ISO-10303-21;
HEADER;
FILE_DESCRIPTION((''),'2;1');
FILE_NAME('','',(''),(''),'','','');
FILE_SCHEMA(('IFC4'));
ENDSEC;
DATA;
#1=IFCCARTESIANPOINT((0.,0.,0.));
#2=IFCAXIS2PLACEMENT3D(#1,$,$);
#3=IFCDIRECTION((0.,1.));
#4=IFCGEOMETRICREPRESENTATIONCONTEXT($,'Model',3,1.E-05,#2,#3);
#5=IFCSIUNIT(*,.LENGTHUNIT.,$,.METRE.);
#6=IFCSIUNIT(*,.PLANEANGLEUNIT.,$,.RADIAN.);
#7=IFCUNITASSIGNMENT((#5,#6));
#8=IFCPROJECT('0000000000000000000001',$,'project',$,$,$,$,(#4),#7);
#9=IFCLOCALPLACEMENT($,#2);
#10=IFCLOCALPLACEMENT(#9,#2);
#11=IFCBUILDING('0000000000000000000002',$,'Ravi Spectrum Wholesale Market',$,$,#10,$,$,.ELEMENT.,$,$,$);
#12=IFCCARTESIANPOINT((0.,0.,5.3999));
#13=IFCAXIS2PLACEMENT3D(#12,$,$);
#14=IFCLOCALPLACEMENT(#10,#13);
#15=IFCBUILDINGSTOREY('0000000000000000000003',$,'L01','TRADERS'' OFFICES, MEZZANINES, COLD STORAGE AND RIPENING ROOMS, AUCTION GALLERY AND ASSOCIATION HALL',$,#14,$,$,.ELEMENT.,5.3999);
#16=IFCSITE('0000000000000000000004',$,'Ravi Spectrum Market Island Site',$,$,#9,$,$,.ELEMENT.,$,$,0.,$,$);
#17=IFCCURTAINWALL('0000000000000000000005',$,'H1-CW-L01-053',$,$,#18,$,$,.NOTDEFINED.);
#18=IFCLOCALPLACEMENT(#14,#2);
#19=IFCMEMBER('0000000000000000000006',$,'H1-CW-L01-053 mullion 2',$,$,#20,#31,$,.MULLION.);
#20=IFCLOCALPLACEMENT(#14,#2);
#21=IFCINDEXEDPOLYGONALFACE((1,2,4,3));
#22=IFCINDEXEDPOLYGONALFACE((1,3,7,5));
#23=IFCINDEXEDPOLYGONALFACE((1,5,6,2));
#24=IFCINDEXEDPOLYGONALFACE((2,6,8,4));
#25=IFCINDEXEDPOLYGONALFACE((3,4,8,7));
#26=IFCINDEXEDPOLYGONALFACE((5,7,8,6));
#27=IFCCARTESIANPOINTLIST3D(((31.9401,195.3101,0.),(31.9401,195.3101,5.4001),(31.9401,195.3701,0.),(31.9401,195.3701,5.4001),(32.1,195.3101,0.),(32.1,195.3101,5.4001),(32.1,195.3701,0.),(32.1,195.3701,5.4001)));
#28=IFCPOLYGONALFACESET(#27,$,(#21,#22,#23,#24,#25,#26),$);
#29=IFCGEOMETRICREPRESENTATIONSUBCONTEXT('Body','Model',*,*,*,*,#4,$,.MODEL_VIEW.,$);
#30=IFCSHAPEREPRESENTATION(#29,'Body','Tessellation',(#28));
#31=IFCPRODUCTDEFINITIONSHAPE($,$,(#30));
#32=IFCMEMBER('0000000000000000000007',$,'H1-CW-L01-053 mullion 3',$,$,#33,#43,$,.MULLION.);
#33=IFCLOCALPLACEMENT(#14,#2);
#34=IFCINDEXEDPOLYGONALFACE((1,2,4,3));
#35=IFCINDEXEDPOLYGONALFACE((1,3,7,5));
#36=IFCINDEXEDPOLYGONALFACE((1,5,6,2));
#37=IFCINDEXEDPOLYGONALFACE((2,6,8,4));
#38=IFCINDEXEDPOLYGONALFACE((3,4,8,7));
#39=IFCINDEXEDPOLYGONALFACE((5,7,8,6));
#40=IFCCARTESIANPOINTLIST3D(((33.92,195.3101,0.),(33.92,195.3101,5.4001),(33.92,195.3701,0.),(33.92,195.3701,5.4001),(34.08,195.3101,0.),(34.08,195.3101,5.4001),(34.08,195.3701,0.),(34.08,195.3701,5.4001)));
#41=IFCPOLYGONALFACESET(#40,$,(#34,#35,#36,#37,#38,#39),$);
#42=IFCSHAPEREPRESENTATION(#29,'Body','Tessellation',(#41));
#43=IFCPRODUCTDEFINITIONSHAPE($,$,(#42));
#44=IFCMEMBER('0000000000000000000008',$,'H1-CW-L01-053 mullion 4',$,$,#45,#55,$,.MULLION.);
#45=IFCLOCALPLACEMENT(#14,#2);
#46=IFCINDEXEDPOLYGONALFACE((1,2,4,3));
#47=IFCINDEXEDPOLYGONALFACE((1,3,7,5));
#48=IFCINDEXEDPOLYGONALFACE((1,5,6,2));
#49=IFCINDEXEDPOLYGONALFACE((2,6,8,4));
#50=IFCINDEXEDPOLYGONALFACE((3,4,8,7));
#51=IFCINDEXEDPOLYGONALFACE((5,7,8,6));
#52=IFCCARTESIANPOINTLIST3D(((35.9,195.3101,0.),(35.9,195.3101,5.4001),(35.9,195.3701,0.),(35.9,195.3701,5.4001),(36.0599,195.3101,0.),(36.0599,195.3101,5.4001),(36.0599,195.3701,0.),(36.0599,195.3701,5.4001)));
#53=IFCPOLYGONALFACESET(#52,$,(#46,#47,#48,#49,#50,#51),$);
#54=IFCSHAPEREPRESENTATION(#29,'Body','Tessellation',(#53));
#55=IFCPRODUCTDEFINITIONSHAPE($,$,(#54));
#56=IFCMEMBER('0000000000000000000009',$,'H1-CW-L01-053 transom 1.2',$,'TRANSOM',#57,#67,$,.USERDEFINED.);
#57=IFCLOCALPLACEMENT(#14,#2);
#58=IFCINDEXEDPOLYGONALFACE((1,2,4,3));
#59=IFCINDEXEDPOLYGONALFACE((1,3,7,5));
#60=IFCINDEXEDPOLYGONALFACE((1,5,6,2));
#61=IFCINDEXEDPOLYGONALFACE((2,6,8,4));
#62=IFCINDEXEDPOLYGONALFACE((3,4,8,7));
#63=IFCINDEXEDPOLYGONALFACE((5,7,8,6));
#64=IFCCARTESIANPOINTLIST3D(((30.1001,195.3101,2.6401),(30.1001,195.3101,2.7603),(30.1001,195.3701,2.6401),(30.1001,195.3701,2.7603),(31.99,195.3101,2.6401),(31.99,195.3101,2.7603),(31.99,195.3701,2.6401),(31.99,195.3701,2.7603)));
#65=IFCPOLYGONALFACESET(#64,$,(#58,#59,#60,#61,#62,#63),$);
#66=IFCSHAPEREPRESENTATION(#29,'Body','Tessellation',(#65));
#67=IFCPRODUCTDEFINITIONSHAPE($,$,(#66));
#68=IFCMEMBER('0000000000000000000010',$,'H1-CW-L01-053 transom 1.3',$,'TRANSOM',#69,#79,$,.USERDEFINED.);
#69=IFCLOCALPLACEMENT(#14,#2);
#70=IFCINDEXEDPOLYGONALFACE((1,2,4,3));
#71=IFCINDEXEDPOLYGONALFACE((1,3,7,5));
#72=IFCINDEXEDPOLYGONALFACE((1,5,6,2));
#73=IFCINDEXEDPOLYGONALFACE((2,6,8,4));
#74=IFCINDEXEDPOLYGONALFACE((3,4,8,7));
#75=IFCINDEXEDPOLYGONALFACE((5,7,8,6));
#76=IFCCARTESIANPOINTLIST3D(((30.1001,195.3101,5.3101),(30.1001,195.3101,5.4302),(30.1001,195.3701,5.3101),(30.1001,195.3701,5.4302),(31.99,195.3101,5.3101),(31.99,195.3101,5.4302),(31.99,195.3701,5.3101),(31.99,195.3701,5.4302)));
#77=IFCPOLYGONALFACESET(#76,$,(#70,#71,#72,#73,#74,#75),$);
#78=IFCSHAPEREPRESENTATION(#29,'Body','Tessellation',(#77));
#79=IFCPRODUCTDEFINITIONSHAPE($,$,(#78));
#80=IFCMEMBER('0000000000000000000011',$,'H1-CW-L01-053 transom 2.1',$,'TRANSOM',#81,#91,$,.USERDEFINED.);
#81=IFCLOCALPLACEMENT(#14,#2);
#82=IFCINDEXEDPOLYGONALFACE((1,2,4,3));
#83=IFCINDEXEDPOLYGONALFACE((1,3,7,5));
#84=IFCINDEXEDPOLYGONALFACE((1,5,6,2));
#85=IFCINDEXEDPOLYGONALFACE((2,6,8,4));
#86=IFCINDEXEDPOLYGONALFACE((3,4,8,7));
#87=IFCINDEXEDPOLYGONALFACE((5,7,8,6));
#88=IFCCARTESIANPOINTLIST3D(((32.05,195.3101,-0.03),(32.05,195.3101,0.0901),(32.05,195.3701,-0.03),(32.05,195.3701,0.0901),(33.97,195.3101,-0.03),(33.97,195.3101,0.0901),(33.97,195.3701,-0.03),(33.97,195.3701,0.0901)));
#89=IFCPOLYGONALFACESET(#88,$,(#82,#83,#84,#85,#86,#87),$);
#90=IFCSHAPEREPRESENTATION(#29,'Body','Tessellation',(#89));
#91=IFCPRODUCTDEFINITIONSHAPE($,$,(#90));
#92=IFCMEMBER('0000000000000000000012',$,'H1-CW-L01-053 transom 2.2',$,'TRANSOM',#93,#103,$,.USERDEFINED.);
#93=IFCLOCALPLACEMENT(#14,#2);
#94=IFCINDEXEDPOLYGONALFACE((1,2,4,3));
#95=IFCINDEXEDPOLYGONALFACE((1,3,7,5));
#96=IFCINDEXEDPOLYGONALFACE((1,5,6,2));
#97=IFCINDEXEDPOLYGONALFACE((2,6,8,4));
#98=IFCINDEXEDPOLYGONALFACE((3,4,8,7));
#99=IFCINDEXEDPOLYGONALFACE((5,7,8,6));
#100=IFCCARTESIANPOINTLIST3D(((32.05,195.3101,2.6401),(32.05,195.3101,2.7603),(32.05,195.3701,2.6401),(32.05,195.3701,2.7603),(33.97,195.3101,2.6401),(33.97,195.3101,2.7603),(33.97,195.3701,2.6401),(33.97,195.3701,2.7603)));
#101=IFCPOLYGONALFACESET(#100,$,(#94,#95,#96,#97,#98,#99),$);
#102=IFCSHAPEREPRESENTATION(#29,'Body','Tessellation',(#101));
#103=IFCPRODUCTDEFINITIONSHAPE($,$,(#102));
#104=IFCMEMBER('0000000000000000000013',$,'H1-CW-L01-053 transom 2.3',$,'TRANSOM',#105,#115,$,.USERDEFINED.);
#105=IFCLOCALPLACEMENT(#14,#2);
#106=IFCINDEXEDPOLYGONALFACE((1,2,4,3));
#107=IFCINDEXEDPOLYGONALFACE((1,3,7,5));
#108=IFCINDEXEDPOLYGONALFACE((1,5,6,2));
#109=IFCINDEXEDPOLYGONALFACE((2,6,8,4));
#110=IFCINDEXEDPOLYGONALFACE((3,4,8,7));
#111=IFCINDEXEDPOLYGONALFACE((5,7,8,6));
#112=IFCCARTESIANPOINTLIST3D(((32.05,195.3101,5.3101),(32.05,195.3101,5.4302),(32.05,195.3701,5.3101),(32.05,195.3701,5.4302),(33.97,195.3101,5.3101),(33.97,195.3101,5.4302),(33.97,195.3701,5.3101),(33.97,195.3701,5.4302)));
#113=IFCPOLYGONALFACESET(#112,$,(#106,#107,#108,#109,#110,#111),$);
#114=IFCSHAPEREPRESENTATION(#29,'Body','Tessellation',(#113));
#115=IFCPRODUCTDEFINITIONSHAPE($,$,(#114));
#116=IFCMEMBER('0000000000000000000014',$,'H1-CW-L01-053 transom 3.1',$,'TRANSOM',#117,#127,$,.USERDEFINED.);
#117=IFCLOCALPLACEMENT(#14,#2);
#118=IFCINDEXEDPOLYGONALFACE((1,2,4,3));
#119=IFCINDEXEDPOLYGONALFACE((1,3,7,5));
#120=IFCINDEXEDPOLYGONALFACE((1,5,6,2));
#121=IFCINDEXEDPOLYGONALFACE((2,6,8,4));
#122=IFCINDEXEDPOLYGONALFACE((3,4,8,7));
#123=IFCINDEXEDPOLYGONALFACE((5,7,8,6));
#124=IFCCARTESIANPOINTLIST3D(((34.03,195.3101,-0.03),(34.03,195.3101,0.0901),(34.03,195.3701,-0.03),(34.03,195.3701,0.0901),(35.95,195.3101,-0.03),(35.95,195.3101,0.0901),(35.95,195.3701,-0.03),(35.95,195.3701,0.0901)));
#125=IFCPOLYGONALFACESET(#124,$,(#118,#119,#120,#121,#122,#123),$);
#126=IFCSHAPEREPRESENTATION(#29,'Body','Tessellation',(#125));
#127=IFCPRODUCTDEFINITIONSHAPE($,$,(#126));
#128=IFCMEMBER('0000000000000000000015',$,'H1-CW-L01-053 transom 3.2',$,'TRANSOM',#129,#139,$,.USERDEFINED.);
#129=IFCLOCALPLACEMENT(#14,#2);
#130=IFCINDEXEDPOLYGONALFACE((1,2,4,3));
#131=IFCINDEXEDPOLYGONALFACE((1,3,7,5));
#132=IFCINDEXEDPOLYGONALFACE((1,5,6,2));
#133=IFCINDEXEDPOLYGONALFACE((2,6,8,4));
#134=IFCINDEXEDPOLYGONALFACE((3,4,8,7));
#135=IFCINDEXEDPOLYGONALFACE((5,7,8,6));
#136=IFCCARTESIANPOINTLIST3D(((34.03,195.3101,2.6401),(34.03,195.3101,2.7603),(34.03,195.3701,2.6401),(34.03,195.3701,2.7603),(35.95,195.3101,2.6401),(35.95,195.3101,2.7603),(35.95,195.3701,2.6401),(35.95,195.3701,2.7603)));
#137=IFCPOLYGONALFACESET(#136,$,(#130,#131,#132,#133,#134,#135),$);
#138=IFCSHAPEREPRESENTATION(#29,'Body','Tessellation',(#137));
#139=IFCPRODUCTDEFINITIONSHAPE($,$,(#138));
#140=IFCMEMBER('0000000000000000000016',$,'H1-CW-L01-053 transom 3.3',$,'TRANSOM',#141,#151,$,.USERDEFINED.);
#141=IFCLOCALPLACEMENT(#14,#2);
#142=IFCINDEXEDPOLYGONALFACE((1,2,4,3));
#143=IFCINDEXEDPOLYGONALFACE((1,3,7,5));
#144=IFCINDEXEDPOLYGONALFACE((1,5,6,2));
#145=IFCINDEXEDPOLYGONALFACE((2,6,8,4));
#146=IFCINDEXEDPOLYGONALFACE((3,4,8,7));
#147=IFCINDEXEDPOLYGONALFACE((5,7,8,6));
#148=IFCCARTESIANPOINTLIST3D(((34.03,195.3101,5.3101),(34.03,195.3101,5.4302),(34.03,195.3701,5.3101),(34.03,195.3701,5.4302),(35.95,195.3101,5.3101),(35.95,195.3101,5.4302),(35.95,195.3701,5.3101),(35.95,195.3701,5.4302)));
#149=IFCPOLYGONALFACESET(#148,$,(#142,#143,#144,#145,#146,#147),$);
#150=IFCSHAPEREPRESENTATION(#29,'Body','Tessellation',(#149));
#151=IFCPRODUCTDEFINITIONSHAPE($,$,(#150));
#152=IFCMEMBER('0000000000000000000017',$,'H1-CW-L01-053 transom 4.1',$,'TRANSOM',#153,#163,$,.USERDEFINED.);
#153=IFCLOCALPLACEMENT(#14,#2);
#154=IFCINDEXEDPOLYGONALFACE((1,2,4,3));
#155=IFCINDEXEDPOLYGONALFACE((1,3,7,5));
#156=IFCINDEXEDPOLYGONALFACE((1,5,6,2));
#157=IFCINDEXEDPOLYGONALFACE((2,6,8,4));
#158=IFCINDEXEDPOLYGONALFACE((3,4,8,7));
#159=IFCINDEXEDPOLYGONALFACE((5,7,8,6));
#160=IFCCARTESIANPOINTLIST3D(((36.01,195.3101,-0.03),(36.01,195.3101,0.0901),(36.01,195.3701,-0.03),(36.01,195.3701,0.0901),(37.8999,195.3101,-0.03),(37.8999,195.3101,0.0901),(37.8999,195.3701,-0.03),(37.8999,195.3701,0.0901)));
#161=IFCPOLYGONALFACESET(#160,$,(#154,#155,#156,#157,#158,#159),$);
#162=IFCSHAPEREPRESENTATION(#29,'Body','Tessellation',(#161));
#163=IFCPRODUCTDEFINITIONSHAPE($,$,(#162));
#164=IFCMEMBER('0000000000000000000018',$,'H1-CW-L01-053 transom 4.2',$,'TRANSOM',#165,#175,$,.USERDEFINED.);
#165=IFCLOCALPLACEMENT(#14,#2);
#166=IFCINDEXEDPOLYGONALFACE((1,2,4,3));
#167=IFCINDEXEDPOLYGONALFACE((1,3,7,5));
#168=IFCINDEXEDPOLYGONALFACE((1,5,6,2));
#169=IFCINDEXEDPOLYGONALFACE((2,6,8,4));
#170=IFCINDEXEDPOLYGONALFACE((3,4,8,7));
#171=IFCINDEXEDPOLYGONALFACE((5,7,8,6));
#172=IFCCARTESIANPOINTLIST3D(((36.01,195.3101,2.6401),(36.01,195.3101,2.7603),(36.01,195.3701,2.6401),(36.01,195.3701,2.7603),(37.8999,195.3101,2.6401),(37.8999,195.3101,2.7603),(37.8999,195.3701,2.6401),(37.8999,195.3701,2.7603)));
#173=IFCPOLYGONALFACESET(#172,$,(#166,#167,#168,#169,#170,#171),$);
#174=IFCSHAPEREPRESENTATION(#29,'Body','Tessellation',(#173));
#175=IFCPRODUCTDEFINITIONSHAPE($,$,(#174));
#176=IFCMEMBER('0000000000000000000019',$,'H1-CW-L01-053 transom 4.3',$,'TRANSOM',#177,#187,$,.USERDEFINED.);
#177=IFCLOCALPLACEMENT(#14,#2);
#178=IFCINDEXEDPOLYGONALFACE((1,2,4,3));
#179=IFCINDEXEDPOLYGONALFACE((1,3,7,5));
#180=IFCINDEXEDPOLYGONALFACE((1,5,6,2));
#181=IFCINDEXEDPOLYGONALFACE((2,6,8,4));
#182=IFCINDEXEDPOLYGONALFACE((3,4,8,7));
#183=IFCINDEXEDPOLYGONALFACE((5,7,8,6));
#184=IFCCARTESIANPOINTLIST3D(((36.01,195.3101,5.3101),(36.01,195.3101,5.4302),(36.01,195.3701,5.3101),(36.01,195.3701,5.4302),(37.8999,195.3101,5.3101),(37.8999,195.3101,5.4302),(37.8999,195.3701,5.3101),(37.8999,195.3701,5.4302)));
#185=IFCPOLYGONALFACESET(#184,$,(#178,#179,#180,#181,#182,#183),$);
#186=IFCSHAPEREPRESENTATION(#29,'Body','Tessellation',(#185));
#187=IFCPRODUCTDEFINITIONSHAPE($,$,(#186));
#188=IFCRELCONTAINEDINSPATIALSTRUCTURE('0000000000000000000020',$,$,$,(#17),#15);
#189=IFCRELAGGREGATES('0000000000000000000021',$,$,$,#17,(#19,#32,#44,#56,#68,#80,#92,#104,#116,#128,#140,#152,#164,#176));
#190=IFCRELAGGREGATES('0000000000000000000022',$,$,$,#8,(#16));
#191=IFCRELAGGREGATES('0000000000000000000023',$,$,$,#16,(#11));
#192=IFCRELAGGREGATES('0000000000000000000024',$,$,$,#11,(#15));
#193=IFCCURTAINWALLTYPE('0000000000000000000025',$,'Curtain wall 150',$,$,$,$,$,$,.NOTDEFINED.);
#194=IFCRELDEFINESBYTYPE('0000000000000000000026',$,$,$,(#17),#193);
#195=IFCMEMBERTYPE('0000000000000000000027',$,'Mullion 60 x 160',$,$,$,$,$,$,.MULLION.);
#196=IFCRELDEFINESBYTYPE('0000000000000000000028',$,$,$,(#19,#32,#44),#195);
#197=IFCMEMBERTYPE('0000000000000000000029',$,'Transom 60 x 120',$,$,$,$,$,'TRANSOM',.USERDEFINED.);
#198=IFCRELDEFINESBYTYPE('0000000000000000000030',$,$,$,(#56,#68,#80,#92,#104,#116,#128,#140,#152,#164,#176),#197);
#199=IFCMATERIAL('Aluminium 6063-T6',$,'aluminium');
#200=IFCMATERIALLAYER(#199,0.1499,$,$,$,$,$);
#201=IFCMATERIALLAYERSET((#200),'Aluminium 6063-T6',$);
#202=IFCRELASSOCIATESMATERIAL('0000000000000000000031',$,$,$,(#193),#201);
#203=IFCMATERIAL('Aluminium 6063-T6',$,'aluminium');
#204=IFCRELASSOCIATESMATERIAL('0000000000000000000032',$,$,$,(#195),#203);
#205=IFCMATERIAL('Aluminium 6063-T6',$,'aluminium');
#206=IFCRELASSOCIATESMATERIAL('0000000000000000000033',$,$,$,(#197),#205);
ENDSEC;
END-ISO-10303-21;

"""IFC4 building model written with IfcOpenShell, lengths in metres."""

from ifc_helpers import new_model, si_unit, direction, frame, origin, origin_2d, place, context, subcontext, project, spatial, rectangle, extrude, material, layer, layer_set, material_profile, profile_set, type_object, element, aggregate, save


model = new_model("IFC4")

# Units and contexts
model_context = context("Model", 3, precision=1e-05, world=origin(), true_north=direction((0.0, 1.0)))
body_context = subcontext(model_context, "Body", "Model", "MODEL_VIEW")
ifc_project = project(units=[si_unit("LENGTHUNIT", "METRE"), si_unit("PLANEANGLEUNIT", "RADIAN")], contexts=[model_context])

# Site, building, storey
site_placement = place(None, origin())
site = spatial("IfcSite", under=ifc_project, at=site_placement, Name="Ravi Spectrum Market Island Site", CompositionType="ELEMENT", RefElevation=0.0)
building_placement = place(site_placement, origin())
building = spatial("IfcBuilding", under=site, at=building_placement, Name="Ravi Spectrum Wholesale Market", CompositionType="ELEMENT")
storey_placement = place(building_placement, frame((0.0, 0.0, 5.3999)))
storey = spatial("IfcBuildingStorey", under=building, at=storey_placement, Name="L01", Description="TRADERS' OFFICES, MEZZANINES, COLD STORAGE AND RIPENING ROOMS, AUCTION GALLERY AND ASSOCIATION HALL", CompositionType="ELEMENT", Elevation=5.3999)

# Curtain wall, members
ifc_material_1 = material(Name="Aluminium 6063-T6", Category="aluminium")
ifc_layer_1 = layer(ifc_material_1, 0.1499)
ifc_layer_set_1 = layer_set([ifc_layer_1], Name="Aluminium 6063-T6")
curtain_wall_type = type_object("IfcCurtainWallType", Name="Curtain wall 150", PredefinedType="NOTDEFINED", material=ifc_layer_set_1)
curtain_wall_placement = place(storey_placement, origin())
curtain_wall = element("IfcCurtainWall", 1, at=curtain_wall_placement, inside=storey, type_object=curtain_wall_type, Name="H1-CW-L01-053", PredefinedType="NOTDEFINED")
ifc_material_2 = material(Name="Aluminium 6063-T6", Category="aluminium")
ifc_material_profile_1 = material_profile(ifc_material_2, rectangle(XDim=0.0601, YDim=0.1599, at=origin_2d()))
ifc_profile_set_1 = profile_set([ifc_material_profile_1], Name="Aluminium 6063-T6")
member_type_1 = type_object("IfcMemberType", Name="Mullion 60 x 160", PredefinedType="MULLION", material=ifc_profile_set_1)
member_1_placement = place(storey_placement, frame((32.02, 195.3401, 0.0), z_axis=(0.0, 0.0, 1.0), x_axis=(0.0, 1.0, 0.0)))
member_1 = element("IfcMember", 2, at=member_1_placement, type_object=member_type_1, Name="H1-CW-L01-053 mullion 2", PredefinedType="MULLION", context=body_context, shape_type="SweptSolid", body=[
    extrude(rectangle(XDim=0.0601, YDim=0.1599, at=origin_2d()), origin(), (0.0, 0.0, 1.0), 5.4001),
])
member_2_placement = place(storey_placement, frame((34.0, 195.3401, 0.0), z_axis=(0.0, 0.0, 1.0), x_axis=(0.0, 1.0, 0.0)))
member_2 = element("IfcMember", 3, at=member_2_placement, type_object=member_type_1, Name="H1-CW-L01-053 mullion 3", PredefinedType="MULLION", context=body_context, shape_type="SweptSolid", body=[
    extrude(rectangle(XDim=0.0601, YDim=0.1599, at=origin_2d()), origin(), (0.0, 0.0, 1.0), 5.4001),
])
member_3_placement = place(storey_placement, frame((35.98, 195.3401, 0.0), z_axis=(0.0, 0.0, 1.0), x_axis=(0.0, 1.0, 0.0)))
member_3 = element("IfcMember", 4, at=member_3_placement, type_object=member_type_1, Name="H1-CW-L01-053 mullion 4", PredefinedType="MULLION", context=body_context, shape_type="SweptSolid", body=[
    extrude(rectangle(XDim=0.0601, YDim=0.1599, at=origin_2d()), origin(), (0.0, 0.0, 1.0), 5.4001),
])
ifc_material_3 = material(Name="Aluminium 6063-T6", Category="aluminium")
ifc_material_profile_2 = material_profile(ifc_material_3, rectangle(XDim=0.0601, YDim=0.1201, at=origin_2d()))
ifc_profile_set_2 = profile_set([ifc_material_profile_2], Name="Aluminium 6063-T6")
member_type_2 = type_object("IfcMemberType", Name="Transom 60 x 120", ElementType="TRANSOM", PredefinedType="USERDEFINED", material=ifc_profile_set_2)
member_4_placement = place(storey_placement, frame((30.1001, 195.3401, 2.7002), z_axis=(1.0, 0.0, 0.0), x_axis=(0.0, 1.0, 0.0)))
member_4 = element("IfcMember", 5, at=member_4_placement, type_object=member_type_2, Name="H1-CW-L01-053 transom 1.2", ObjectType="TRANSOM", PredefinedType="USERDEFINED", context=body_context, shape_type="SweptSolid", body=[
    extrude(rectangle(XDim=0.0601, YDim=0.1201, at=origin_2d()), origin(), (0.0, 0.0, 1.0), 1.8899),
])
member_5_placement = place(storey_placement, frame((30.1001, 195.3401, 5.3701), z_axis=(1.0, 0.0, 0.0), x_axis=(0.0, 1.0, 0.0)))
member_5 = element("IfcMember", 6, at=member_5_placement, type_object=member_type_2, Name="H1-CW-L01-053 transom 1.3", ObjectType="TRANSOM", PredefinedType="USERDEFINED", context=body_context, shape_type="SweptSolid", body=[
    extrude(rectangle(XDim=0.0601, YDim=0.1201, at=origin_2d()), origin(), (0.0, 0.0, 1.0), 1.8899),
])
member_6_placement = place(storey_placement, frame((32.05, 195.3401, 0.03), z_axis=(1.0, 0.0, 0.0), x_axis=(0.0, 1.0, 0.0)))
member_6 = element("IfcMember", 7, at=member_6_placement, type_object=member_type_2, Name="H1-CW-L01-053 transom 2.1", ObjectType="TRANSOM", PredefinedType="USERDEFINED", context=body_context, shape_type="SweptSolid", body=[
    extrude(rectangle(XDim=0.0601, YDim=0.1201, at=origin_2d()), origin(), (0.0, 0.0, 1.0), 1.9199),
])
member_7_placement = place(storey_placement, frame((32.05, 195.3401, 2.7002), z_axis=(1.0, 0.0, 0.0), x_axis=(0.0, 1.0, 0.0)))
member_7 = element("IfcMember", 8, at=member_7_placement, type_object=member_type_2, Name="H1-CW-L01-053 transom 2.2", ObjectType="TRANSOM", PredefinedType="USERDEFINED", context=body_context, shape_type="SweptSolid", body=[
    extrude(rectangle(XDim=0.0601, YDim=0.1201, at=origin_2d()), origin(), (0.0, 0.0, 1.0), 1.9199),
])
member_8_placement = place(storey_placement, frame((32.05, 195.3401, 5.3701), z_axis=(1.0, 0.0, 0.0), x_axis=(0.0, 1.0, 0.0)))
member_8 = element("IfcMember", 9, at=member_8_placement, type_object=member_type_2, Name="H1-CW-L01-053 transom 2.3", ObjectType="TRANSOM", PredefinedType="USERDEFINED", context=body_context, shape_type="SweptSolid", body=[
    extrude(rectangle(XDim=0.0601, YDim=0.1201, at=origin_2d()), origin(), (0.0, 0.0, 1.0), 1.9199),
])
member_9_placement = place(storey_placement, frame((34.03, 195.3401, 0.03), z_axis=(1.0, 0.0, 0.0), x_axis=(0.0, 1.0, 0.0)))
member_9 = element("IfcMember", 10, at=member_9_placement, type_object=member_type_2, Name="H1-CW-L01-053 transom 3.1", ObjectType="TRANSOM", PredefinedType="USERDEFINED", context=body_context, shape_type="SweptSolid", body=[
    extrude(rectangle(XDim=0.0601, YDim=0.1201, at=origin_2d()), origin(), (0.0, 0.0, 1.0), 1.9199),
])
member_10_placement = place(storey_placement, frame((34.03, 195.3401, 2.7002), z_axis=(1.0, 0.0, 0.0), x_axis=(0.0, 1.0, 0.0)))
member_10 = element("IfcMember", 11, at=member_10_placement, type_object=member_type_2, Name="H1-CW-L01-053 transom 3.2", ObjectType="TRANSOM", PredefinedType="USERDEFINED", context=body_context, shape_type="SweptSolid", body=[
    extrude(rectangle(XDim=0.0601, YDim=0.1201, at=origin_2d()), origin(), (0.0, 0.0, 1.0), 1.9199),
])
member_11_placement = place(storey_placement, frame((34.03, 195.3401, 5.3701), z_axis=(1.0, 0.0, 0.0), x_axis=(0.0, 1.0, 0.0)))
member_11 = element("IfcMember", 12, at=member_11_placement, type_object=member_type_2, Name="H1-CW-L01-053 transom 3.3", ObjectType="TRANSOM", PredefinedType="USERDEFINED", context=body_context, shape_type="SweptSolid", body=[
    extrude(rectangle(XDim=0.0601, YDim=0.1201, at=origin_2d()), origin(), (0.0, 0.0, 1.0), 1.9199),
])
member_12_placement = place(storey_placement, frame((36.01, 195.3401, 0.03), z_axis=(1.0, 0.0, 0.0), x_axis=(0.0, 1.0, 0.0)))
member_12 = element("IfcMember", 13, at=member_12_placement, type_object=member_type_2, Name="H1-CW-L01-053 transom 4.1", ObjectType="TRANSOM", PredefinedType="USERDEFINED", context=body_context, shape_type="SweptSolid", body=[
    extrude(rectangle(XDim=0.0601, YDim=0.1201, at=origin_2d()), origin(), (0.0, 0.0, 1.0), 1.8899),
])
member_13_placement = place(storey_placement, frame((36.01, 195.3401, 2.7002), z_axis=(1.0, 0.0, 0.0), x_axis=(0.0, 1.0, 0.0)))
member_13 = element("IfcMember", 14, at=member_13_placement, type_object=member_type_2, Name="H1-CW-L01-053 transom 4.2", ObjectType="TRANSOM", PredefinedType="USERDEFINED", context=body_context, shape_type="SweptSolid", body=[
    extrude(rectangle(XDim=0.0601, YDim=0.1201, at=origin_2d()), origin(), (0.0, 0.0, 1.0), 1.8899),
])
member_14_placement = place(storey_placement, frame((36.01, 195.3401, 5.3701), z_axis=(1.0, 0.0, 0.0), x_axis=(0.0, 1.0, 0.0)))
member_14 = element("IfcMember", 15, at=member_14_placement, type_object=member_type_2, Name="H1-CW-L01-053 transom 4.3", ObjectType="TRANSOM", PredefinedType="USERDEFINED", context=body_context, shape_type="SweptSolid", body=[
    extrude(rectangle(XDim=0.0601, YDim=0.1201, at=origin_2d()), origin(), (0.0, 0.0, 1.0), 1.8899),
])
aggregate(curtain_wall, [member_1, member_2, member_3, member_4, member_5, member_6, member_7, member_8, member_9, member_10, member_11, member_12, member_13, member_14])

save(model, "model.ifc")
